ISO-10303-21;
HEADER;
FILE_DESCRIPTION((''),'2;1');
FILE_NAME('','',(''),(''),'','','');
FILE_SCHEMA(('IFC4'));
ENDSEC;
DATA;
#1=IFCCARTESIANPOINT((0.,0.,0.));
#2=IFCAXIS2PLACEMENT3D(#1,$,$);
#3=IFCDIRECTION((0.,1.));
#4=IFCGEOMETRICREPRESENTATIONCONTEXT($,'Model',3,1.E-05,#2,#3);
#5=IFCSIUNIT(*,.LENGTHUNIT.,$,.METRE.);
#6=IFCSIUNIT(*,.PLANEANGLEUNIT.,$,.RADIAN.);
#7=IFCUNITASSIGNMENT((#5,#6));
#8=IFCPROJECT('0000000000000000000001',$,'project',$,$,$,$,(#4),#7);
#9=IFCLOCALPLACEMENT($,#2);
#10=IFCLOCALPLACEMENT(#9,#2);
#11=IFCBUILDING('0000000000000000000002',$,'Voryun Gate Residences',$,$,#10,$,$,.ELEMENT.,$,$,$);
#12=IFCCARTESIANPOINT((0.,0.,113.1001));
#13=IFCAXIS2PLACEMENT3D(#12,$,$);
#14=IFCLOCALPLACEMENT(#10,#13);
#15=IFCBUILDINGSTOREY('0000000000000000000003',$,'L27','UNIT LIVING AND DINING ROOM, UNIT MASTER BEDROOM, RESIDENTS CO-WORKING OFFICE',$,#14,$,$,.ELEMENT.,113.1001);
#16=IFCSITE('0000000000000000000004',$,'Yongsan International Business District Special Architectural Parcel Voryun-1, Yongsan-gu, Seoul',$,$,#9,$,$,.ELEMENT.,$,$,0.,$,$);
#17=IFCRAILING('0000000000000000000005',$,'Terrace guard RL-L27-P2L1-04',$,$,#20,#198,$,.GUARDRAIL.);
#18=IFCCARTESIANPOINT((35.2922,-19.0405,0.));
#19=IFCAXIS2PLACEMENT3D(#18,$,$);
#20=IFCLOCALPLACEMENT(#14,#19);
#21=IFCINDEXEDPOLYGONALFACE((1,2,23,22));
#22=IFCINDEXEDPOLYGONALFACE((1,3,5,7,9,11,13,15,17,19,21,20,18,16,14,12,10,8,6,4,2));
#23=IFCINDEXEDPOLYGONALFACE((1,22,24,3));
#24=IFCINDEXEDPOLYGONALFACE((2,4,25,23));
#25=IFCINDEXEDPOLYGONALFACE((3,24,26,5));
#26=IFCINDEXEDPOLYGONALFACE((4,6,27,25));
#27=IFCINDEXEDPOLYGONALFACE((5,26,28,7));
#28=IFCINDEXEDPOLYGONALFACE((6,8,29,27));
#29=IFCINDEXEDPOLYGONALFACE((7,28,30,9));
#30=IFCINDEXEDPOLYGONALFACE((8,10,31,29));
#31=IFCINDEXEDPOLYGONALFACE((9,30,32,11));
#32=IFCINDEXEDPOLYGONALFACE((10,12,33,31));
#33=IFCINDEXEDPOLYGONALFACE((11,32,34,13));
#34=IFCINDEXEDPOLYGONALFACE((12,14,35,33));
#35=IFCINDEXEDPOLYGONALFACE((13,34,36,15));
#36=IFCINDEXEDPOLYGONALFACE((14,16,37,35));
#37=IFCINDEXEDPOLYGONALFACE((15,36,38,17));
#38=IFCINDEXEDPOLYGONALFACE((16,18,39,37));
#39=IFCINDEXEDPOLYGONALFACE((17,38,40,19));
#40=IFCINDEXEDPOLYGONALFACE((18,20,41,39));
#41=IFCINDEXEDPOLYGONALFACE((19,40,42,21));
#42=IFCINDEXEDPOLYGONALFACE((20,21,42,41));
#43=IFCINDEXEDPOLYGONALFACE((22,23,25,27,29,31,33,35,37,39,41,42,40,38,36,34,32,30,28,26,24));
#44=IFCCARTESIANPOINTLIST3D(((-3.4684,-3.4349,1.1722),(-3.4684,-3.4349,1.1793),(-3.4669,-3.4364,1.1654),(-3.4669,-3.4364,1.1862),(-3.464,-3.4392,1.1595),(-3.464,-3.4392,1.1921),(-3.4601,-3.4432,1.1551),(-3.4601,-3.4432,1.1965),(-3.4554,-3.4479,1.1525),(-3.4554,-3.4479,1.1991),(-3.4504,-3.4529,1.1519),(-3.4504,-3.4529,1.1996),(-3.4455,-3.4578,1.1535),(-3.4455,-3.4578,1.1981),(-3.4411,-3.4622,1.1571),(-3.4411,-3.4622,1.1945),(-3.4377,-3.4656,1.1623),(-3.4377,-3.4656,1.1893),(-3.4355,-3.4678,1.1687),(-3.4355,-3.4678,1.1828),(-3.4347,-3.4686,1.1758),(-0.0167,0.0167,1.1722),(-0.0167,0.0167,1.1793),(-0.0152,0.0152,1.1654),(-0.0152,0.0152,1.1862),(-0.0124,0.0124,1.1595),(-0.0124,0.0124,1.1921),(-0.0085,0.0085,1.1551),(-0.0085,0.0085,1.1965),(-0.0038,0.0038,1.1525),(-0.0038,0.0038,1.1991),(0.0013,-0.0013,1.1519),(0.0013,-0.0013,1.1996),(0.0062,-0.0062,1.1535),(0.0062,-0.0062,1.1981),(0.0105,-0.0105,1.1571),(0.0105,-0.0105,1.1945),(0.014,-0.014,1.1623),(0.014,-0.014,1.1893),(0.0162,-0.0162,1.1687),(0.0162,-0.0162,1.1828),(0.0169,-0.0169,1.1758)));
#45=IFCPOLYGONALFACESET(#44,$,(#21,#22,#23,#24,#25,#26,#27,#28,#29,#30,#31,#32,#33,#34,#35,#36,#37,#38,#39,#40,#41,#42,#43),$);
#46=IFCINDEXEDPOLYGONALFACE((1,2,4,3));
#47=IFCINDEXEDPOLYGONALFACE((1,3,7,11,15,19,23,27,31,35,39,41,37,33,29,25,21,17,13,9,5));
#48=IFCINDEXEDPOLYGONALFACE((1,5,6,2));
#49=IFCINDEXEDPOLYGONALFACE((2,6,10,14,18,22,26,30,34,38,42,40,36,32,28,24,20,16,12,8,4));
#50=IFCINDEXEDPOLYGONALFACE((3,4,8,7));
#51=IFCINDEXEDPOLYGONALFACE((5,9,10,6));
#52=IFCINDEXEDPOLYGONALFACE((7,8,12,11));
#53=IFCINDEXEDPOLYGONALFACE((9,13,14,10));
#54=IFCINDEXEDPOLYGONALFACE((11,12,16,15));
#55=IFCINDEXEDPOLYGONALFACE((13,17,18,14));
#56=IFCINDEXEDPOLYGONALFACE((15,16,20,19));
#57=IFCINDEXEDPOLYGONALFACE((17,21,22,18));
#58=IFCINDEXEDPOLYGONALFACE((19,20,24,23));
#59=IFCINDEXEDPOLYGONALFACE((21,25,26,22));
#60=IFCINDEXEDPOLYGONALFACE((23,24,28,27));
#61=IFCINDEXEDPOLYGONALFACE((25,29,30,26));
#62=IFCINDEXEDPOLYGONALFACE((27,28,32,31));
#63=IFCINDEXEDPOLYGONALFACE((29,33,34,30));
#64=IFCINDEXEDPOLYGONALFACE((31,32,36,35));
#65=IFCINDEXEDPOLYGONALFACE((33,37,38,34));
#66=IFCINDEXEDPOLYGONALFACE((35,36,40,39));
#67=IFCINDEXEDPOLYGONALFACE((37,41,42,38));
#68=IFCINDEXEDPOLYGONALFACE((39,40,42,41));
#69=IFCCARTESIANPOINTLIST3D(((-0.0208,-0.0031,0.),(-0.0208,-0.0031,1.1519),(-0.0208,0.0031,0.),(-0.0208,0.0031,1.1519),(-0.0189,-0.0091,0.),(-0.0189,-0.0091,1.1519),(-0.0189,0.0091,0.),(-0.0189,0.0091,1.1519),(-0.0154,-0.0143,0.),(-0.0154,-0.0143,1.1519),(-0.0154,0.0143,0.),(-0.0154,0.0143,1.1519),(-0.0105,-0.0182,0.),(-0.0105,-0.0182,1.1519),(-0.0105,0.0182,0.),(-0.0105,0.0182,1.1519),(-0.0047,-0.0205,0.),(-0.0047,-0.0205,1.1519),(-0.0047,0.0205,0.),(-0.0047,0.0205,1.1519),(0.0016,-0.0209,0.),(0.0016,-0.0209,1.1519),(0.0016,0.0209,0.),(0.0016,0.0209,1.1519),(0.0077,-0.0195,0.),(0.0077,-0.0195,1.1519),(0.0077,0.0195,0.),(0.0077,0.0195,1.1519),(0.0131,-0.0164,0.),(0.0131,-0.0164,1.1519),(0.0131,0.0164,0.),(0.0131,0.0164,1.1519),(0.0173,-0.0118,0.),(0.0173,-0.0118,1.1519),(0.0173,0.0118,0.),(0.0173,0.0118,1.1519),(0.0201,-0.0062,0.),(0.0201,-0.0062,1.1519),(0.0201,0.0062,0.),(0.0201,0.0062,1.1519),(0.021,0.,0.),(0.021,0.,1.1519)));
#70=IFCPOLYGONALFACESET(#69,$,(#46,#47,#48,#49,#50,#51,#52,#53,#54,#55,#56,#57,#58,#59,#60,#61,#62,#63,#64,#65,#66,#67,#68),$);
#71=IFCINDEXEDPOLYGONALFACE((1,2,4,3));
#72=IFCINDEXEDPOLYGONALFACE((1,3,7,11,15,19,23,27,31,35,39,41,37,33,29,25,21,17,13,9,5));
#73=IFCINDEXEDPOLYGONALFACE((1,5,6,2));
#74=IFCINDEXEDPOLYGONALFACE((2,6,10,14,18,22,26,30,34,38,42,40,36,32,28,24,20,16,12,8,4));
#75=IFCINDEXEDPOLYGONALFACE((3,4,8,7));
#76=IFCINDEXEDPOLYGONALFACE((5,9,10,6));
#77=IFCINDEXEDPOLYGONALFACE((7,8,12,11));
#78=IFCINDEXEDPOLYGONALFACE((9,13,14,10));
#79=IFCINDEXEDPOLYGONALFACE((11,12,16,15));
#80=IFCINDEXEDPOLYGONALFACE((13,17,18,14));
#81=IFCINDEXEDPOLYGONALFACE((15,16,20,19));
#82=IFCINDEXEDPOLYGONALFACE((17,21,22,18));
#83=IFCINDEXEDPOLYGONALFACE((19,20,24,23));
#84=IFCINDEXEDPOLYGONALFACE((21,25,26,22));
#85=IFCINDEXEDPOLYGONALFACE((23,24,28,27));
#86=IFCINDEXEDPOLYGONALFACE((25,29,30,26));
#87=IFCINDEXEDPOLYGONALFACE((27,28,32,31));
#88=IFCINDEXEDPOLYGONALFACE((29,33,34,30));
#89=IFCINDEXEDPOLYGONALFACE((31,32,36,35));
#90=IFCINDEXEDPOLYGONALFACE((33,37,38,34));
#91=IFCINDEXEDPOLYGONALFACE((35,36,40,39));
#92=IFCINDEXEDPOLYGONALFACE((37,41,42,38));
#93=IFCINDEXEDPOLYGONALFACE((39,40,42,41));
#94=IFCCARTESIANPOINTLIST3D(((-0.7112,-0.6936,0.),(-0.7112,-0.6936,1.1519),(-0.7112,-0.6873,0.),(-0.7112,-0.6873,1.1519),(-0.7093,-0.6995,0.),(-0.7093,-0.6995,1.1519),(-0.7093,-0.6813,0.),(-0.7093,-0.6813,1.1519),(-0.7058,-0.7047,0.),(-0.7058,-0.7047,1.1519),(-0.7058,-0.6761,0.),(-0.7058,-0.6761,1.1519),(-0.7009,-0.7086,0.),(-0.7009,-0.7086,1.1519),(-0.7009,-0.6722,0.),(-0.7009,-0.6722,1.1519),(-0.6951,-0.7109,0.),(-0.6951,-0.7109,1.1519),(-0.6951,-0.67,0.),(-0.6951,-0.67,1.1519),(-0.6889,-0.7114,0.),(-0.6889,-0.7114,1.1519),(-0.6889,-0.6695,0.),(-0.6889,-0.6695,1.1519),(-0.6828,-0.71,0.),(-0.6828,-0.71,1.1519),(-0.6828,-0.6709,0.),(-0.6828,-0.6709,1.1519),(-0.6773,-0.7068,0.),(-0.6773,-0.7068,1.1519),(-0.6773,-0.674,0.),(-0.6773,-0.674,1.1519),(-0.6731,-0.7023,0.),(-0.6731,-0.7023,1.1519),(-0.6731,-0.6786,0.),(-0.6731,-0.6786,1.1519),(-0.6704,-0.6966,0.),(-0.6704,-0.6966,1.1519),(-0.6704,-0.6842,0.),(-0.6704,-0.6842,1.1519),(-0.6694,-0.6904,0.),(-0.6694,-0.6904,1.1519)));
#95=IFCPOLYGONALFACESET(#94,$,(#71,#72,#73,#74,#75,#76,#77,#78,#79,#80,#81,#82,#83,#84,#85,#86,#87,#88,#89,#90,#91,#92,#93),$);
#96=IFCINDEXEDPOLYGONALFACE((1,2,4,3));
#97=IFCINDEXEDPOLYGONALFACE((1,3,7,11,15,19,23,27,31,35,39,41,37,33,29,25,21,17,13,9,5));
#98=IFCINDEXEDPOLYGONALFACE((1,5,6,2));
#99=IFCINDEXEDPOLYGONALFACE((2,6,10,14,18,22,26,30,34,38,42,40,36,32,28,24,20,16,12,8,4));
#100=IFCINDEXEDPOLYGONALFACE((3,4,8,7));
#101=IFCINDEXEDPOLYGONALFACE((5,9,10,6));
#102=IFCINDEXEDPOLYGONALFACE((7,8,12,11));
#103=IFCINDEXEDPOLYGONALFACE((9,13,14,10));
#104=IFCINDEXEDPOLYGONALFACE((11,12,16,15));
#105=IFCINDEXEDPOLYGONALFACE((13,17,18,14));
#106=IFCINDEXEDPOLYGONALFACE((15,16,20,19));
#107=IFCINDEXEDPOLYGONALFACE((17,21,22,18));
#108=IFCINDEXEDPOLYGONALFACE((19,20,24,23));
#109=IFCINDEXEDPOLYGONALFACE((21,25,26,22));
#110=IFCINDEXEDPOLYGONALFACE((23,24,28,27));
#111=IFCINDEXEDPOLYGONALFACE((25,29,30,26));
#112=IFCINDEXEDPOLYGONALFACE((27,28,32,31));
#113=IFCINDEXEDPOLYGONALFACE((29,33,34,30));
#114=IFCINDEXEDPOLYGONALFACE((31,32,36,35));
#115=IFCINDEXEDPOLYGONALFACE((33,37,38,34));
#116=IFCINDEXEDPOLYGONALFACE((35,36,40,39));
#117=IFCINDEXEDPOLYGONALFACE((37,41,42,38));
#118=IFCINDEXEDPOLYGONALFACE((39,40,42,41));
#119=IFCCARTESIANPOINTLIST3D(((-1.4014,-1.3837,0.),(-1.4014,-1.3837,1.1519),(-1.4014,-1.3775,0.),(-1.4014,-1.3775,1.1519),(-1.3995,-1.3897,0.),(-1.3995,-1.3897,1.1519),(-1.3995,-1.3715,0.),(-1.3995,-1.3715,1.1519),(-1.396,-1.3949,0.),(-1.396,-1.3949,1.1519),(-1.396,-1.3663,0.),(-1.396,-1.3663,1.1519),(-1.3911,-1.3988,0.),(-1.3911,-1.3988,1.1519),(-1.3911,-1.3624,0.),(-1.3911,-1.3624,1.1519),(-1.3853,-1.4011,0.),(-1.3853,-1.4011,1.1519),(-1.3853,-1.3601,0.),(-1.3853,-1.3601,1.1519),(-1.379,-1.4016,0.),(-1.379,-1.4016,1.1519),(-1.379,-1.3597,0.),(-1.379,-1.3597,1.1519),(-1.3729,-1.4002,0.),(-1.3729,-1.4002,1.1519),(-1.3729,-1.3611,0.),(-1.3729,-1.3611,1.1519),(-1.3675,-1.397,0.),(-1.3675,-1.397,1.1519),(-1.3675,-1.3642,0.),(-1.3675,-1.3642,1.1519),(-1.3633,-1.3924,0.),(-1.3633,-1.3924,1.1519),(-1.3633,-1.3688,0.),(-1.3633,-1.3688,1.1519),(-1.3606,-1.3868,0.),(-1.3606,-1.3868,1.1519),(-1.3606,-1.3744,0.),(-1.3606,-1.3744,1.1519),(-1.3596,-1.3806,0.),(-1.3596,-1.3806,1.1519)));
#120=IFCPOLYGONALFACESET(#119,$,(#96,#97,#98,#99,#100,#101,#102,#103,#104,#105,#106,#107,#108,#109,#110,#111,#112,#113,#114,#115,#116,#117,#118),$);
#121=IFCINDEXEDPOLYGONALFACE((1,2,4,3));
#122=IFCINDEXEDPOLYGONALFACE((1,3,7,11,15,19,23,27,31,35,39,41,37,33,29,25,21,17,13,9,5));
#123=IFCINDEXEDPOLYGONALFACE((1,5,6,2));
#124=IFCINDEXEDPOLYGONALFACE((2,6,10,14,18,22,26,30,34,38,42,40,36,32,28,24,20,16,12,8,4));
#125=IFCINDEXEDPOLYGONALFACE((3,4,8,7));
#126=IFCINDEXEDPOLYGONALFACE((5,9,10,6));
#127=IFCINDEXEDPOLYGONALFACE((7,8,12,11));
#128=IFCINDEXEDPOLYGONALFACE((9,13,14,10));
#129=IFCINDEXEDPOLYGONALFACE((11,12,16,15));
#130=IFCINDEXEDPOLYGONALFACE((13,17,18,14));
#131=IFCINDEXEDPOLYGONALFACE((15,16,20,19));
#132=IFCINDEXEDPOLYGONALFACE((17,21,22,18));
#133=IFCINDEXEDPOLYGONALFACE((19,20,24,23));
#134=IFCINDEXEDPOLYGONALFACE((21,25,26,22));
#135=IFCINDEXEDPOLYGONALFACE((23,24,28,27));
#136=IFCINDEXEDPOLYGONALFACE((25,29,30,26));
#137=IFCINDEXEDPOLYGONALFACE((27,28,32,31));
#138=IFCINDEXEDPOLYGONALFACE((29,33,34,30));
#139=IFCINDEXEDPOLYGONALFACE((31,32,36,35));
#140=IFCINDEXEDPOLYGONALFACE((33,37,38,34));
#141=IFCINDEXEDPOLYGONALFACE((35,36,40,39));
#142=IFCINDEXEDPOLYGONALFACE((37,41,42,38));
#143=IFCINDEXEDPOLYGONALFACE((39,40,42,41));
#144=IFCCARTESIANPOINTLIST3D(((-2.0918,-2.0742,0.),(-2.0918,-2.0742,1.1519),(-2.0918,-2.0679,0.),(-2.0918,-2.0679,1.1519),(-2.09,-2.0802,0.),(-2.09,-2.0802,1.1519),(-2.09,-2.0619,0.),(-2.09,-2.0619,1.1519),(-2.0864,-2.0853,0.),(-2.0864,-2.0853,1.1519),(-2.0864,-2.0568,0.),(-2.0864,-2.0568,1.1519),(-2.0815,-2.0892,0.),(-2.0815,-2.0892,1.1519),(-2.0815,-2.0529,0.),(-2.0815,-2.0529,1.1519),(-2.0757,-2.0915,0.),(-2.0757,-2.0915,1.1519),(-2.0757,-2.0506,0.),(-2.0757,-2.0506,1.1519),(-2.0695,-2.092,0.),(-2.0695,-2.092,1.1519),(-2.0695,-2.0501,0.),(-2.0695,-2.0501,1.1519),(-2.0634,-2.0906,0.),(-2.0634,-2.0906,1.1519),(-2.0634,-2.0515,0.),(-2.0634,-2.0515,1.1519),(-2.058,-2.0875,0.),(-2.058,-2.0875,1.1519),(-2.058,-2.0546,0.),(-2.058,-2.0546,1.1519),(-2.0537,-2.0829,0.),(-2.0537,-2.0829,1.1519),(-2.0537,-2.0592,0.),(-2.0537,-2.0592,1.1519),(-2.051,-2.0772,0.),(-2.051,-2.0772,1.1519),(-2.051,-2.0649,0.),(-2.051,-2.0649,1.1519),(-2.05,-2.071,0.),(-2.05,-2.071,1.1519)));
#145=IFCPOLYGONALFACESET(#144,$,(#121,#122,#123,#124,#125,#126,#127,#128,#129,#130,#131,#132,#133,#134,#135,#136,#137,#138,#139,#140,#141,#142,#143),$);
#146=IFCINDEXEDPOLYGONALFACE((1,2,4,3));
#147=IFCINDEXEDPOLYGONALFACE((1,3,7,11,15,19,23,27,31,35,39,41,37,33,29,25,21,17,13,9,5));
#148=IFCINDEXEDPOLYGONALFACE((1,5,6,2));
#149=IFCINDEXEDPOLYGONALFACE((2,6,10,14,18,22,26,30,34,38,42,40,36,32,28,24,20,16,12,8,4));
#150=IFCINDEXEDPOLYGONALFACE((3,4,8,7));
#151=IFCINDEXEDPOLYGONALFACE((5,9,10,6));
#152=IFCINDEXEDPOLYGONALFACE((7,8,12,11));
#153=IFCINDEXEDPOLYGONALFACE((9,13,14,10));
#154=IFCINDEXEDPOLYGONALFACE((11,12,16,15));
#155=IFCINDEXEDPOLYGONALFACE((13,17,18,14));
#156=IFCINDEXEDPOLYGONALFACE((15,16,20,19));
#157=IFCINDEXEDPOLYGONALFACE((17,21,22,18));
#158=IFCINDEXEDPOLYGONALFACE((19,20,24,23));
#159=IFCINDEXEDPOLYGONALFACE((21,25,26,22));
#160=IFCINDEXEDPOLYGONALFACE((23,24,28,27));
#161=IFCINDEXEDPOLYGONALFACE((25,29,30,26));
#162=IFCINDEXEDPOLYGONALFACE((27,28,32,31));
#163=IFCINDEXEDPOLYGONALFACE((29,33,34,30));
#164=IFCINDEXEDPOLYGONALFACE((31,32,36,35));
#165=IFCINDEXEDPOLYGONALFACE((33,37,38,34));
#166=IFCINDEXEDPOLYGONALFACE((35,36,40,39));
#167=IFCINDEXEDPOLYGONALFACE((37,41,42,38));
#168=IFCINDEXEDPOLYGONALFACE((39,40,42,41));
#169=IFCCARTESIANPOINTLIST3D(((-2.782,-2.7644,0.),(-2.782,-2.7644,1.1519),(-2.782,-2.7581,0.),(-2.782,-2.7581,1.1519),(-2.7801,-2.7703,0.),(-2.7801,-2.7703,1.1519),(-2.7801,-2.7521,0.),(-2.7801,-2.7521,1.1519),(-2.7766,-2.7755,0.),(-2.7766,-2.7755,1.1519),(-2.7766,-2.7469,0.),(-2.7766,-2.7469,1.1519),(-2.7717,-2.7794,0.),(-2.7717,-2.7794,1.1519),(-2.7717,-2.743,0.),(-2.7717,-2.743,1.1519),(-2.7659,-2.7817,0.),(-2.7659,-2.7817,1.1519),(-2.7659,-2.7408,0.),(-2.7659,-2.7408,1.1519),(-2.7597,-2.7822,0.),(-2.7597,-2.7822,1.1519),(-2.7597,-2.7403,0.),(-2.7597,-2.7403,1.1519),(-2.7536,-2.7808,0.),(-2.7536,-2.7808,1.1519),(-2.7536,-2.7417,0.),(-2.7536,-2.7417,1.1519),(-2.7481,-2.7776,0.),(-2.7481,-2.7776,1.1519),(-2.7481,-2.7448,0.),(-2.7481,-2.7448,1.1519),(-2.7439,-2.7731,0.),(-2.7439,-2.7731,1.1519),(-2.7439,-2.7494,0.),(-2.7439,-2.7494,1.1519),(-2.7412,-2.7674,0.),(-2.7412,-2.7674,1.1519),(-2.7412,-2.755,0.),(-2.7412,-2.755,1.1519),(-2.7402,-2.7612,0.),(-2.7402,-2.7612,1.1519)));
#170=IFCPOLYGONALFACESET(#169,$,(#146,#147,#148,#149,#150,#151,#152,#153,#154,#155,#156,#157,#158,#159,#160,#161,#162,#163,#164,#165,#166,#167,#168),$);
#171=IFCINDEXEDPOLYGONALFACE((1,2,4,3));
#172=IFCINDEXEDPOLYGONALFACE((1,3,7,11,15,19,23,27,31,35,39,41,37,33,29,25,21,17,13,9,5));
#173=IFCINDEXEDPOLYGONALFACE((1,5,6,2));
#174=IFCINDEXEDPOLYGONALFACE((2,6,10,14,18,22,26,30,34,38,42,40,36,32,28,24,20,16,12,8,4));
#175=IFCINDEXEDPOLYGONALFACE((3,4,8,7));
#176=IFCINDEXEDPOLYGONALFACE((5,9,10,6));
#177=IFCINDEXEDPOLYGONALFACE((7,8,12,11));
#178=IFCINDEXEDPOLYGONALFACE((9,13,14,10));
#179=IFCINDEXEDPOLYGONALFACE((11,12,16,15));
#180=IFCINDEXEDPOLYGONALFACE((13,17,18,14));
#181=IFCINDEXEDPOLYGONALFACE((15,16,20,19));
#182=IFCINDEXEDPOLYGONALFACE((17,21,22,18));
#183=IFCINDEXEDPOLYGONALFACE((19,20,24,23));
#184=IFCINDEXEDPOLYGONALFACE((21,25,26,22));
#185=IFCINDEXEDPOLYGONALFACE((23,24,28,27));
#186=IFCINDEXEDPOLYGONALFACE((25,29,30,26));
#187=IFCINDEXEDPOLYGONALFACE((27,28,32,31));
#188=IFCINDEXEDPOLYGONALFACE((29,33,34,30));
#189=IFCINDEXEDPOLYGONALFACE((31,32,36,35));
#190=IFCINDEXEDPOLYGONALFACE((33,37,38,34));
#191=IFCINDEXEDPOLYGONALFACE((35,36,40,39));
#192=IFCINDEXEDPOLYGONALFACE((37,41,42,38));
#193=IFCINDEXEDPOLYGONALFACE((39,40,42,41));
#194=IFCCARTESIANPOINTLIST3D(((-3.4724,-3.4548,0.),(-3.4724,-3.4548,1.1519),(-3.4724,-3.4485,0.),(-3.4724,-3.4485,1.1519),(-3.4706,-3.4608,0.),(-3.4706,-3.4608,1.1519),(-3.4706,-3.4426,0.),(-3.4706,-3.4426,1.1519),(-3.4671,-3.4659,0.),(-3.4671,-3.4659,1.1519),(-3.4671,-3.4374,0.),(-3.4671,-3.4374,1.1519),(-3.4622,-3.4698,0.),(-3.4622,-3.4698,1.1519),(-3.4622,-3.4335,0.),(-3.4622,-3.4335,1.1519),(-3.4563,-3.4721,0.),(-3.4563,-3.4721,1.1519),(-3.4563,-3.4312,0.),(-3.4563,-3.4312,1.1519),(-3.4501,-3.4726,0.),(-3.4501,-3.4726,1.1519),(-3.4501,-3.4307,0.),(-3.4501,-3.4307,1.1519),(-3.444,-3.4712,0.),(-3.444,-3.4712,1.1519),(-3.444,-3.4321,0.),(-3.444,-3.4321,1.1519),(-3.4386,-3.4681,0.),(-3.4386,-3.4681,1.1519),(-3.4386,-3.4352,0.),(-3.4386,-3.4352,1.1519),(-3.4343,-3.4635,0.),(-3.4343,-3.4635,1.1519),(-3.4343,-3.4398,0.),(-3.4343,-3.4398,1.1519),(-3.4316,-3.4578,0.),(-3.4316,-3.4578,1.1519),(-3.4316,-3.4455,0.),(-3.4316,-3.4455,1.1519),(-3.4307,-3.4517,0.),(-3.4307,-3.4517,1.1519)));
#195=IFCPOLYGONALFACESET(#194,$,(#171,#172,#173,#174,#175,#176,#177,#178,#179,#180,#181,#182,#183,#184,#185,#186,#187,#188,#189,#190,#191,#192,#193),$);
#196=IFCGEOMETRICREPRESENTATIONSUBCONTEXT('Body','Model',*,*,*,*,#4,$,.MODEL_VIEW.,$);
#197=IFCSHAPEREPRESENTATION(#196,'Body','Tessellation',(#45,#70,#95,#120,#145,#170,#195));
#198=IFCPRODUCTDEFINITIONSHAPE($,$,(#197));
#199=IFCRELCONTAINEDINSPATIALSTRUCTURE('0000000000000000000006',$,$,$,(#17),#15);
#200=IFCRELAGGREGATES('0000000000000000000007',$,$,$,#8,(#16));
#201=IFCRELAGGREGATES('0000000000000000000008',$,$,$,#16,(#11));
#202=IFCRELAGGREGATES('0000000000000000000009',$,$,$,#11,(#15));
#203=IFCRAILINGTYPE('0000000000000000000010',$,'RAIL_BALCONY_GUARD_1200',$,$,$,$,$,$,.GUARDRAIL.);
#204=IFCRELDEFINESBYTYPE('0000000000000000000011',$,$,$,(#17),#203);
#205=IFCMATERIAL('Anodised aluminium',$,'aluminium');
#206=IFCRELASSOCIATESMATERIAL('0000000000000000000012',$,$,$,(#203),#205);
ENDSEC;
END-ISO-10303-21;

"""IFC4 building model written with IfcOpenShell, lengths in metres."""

from ifc_helpers import new_model, si_unit, direction, frame, origin, origin_2d, place, context, subcontext, project, spatial, circle, extrude, material, type_object, element, save


model = new_model("IFC4")

# Units and contexts
model_context = context("Model", 3, precision=1e-05, world=origin(), true_north=direction((0.0, 1.0)))
body_context = subcontext(model_context, "Body", "Model", "MODEL_VIEW")
ifc_project = project(units=[si_unit("LENGTHUNIT", "METRE"), si_unit("PLANEANGLEUNIT", "RADIAN")], contexts=[model_context])

# Site, building, storey
site_placement = place(None, origin())
site = spatial("IfcSite", under=ifc_project, at=site_placement, Name="Yongsan International Business District Special Architectural Parcel Voryun-1, Yongsan-gu, Seoul", CompositionType="ELEMENT", RefElevation=0.0)
building_placement = place(site_placement, origin())
building = spatial("IfcBuilding", under=site, at=building_placement, Name="Voryun Gate Residences", CompositionType="ELEMENT")
storey_placement = place(building_placement, frame((0.0, 0.0, 113.1001)))
storey = spatial("IfcBuildingStorey", under=building, at=storey_placement, Name="L27", Description="UNIT LIVING AND DINING ROOM, UNIT MASTER BEDROOM, RESIDENTS CO-WORKING OFFICE", CompositionType="ELEMENT", Elevation=113.1001)

# Railing
ifc_material_1 = material(Name="Anodised aluminium", Category="aluminium")
railing_type = type_object("IfcRailingType", Name="RAIL_BALCONY_GUARD_1200", PredefinedType="GUARDRAIL", material=ifc_material_1)
railing_1_placement = place(storey_placement, frame((35.2922, -19.0405, 0.0)))
element("IfcRailing", 1, at=railing_1_placement, inside=storey, type_object=railing_type, Name="Terrace guard RL-L27-P2L1-04", PredefinedType="GUARDRAIL", context=body_context, shape_type="SweptSolid", body=[
    extrude(circle(Radius=0.0239, at=origin_2d()), frame((0.0, 0.0, 1.1758), z_axis=(-0.707107, -0.707107, 0.0), x_axis=(0.707107, -0.707107, 0.0)), (0.0, 0.0, 1.0), 4.8813),
    extrude(circle(Radius=0.021, at=origin_2d()), origin(), (0.0, 0.0, 1.0), 1.1519),
    extrude(circle(Radius=0.021, at=origin_2d()), frame((-0.6904, -0.6904, 0.0)), (0.0, 0.0, 1.0), 1.1519),
    extrude(circle(Radius=0.021, at=origin_2d()), frame((-1.3806, -1.3806, 0.0)), (0.0, 0.0, 1.0), 1.1519),
    extrude(circle(Radius=0.021, at=origin_2d()), frame((-2.071, -2.071, 0.0)), (0.0, 0.0, 1.0), 1.1519),
    extrude(circle(Radius=0.021, at=origin_2d()), frame((-2.7612, -2.7612, 0.0)), (0.0, 0.0, 1.0), 1.1519),
    extrude(circle(Radius=0.021, at=origin_2d()), frame((-3.4517, -3.4517, 0.0)), (0.0, 0.0, 1.0), 1.1519),
])

save(model, "model.ifc")
